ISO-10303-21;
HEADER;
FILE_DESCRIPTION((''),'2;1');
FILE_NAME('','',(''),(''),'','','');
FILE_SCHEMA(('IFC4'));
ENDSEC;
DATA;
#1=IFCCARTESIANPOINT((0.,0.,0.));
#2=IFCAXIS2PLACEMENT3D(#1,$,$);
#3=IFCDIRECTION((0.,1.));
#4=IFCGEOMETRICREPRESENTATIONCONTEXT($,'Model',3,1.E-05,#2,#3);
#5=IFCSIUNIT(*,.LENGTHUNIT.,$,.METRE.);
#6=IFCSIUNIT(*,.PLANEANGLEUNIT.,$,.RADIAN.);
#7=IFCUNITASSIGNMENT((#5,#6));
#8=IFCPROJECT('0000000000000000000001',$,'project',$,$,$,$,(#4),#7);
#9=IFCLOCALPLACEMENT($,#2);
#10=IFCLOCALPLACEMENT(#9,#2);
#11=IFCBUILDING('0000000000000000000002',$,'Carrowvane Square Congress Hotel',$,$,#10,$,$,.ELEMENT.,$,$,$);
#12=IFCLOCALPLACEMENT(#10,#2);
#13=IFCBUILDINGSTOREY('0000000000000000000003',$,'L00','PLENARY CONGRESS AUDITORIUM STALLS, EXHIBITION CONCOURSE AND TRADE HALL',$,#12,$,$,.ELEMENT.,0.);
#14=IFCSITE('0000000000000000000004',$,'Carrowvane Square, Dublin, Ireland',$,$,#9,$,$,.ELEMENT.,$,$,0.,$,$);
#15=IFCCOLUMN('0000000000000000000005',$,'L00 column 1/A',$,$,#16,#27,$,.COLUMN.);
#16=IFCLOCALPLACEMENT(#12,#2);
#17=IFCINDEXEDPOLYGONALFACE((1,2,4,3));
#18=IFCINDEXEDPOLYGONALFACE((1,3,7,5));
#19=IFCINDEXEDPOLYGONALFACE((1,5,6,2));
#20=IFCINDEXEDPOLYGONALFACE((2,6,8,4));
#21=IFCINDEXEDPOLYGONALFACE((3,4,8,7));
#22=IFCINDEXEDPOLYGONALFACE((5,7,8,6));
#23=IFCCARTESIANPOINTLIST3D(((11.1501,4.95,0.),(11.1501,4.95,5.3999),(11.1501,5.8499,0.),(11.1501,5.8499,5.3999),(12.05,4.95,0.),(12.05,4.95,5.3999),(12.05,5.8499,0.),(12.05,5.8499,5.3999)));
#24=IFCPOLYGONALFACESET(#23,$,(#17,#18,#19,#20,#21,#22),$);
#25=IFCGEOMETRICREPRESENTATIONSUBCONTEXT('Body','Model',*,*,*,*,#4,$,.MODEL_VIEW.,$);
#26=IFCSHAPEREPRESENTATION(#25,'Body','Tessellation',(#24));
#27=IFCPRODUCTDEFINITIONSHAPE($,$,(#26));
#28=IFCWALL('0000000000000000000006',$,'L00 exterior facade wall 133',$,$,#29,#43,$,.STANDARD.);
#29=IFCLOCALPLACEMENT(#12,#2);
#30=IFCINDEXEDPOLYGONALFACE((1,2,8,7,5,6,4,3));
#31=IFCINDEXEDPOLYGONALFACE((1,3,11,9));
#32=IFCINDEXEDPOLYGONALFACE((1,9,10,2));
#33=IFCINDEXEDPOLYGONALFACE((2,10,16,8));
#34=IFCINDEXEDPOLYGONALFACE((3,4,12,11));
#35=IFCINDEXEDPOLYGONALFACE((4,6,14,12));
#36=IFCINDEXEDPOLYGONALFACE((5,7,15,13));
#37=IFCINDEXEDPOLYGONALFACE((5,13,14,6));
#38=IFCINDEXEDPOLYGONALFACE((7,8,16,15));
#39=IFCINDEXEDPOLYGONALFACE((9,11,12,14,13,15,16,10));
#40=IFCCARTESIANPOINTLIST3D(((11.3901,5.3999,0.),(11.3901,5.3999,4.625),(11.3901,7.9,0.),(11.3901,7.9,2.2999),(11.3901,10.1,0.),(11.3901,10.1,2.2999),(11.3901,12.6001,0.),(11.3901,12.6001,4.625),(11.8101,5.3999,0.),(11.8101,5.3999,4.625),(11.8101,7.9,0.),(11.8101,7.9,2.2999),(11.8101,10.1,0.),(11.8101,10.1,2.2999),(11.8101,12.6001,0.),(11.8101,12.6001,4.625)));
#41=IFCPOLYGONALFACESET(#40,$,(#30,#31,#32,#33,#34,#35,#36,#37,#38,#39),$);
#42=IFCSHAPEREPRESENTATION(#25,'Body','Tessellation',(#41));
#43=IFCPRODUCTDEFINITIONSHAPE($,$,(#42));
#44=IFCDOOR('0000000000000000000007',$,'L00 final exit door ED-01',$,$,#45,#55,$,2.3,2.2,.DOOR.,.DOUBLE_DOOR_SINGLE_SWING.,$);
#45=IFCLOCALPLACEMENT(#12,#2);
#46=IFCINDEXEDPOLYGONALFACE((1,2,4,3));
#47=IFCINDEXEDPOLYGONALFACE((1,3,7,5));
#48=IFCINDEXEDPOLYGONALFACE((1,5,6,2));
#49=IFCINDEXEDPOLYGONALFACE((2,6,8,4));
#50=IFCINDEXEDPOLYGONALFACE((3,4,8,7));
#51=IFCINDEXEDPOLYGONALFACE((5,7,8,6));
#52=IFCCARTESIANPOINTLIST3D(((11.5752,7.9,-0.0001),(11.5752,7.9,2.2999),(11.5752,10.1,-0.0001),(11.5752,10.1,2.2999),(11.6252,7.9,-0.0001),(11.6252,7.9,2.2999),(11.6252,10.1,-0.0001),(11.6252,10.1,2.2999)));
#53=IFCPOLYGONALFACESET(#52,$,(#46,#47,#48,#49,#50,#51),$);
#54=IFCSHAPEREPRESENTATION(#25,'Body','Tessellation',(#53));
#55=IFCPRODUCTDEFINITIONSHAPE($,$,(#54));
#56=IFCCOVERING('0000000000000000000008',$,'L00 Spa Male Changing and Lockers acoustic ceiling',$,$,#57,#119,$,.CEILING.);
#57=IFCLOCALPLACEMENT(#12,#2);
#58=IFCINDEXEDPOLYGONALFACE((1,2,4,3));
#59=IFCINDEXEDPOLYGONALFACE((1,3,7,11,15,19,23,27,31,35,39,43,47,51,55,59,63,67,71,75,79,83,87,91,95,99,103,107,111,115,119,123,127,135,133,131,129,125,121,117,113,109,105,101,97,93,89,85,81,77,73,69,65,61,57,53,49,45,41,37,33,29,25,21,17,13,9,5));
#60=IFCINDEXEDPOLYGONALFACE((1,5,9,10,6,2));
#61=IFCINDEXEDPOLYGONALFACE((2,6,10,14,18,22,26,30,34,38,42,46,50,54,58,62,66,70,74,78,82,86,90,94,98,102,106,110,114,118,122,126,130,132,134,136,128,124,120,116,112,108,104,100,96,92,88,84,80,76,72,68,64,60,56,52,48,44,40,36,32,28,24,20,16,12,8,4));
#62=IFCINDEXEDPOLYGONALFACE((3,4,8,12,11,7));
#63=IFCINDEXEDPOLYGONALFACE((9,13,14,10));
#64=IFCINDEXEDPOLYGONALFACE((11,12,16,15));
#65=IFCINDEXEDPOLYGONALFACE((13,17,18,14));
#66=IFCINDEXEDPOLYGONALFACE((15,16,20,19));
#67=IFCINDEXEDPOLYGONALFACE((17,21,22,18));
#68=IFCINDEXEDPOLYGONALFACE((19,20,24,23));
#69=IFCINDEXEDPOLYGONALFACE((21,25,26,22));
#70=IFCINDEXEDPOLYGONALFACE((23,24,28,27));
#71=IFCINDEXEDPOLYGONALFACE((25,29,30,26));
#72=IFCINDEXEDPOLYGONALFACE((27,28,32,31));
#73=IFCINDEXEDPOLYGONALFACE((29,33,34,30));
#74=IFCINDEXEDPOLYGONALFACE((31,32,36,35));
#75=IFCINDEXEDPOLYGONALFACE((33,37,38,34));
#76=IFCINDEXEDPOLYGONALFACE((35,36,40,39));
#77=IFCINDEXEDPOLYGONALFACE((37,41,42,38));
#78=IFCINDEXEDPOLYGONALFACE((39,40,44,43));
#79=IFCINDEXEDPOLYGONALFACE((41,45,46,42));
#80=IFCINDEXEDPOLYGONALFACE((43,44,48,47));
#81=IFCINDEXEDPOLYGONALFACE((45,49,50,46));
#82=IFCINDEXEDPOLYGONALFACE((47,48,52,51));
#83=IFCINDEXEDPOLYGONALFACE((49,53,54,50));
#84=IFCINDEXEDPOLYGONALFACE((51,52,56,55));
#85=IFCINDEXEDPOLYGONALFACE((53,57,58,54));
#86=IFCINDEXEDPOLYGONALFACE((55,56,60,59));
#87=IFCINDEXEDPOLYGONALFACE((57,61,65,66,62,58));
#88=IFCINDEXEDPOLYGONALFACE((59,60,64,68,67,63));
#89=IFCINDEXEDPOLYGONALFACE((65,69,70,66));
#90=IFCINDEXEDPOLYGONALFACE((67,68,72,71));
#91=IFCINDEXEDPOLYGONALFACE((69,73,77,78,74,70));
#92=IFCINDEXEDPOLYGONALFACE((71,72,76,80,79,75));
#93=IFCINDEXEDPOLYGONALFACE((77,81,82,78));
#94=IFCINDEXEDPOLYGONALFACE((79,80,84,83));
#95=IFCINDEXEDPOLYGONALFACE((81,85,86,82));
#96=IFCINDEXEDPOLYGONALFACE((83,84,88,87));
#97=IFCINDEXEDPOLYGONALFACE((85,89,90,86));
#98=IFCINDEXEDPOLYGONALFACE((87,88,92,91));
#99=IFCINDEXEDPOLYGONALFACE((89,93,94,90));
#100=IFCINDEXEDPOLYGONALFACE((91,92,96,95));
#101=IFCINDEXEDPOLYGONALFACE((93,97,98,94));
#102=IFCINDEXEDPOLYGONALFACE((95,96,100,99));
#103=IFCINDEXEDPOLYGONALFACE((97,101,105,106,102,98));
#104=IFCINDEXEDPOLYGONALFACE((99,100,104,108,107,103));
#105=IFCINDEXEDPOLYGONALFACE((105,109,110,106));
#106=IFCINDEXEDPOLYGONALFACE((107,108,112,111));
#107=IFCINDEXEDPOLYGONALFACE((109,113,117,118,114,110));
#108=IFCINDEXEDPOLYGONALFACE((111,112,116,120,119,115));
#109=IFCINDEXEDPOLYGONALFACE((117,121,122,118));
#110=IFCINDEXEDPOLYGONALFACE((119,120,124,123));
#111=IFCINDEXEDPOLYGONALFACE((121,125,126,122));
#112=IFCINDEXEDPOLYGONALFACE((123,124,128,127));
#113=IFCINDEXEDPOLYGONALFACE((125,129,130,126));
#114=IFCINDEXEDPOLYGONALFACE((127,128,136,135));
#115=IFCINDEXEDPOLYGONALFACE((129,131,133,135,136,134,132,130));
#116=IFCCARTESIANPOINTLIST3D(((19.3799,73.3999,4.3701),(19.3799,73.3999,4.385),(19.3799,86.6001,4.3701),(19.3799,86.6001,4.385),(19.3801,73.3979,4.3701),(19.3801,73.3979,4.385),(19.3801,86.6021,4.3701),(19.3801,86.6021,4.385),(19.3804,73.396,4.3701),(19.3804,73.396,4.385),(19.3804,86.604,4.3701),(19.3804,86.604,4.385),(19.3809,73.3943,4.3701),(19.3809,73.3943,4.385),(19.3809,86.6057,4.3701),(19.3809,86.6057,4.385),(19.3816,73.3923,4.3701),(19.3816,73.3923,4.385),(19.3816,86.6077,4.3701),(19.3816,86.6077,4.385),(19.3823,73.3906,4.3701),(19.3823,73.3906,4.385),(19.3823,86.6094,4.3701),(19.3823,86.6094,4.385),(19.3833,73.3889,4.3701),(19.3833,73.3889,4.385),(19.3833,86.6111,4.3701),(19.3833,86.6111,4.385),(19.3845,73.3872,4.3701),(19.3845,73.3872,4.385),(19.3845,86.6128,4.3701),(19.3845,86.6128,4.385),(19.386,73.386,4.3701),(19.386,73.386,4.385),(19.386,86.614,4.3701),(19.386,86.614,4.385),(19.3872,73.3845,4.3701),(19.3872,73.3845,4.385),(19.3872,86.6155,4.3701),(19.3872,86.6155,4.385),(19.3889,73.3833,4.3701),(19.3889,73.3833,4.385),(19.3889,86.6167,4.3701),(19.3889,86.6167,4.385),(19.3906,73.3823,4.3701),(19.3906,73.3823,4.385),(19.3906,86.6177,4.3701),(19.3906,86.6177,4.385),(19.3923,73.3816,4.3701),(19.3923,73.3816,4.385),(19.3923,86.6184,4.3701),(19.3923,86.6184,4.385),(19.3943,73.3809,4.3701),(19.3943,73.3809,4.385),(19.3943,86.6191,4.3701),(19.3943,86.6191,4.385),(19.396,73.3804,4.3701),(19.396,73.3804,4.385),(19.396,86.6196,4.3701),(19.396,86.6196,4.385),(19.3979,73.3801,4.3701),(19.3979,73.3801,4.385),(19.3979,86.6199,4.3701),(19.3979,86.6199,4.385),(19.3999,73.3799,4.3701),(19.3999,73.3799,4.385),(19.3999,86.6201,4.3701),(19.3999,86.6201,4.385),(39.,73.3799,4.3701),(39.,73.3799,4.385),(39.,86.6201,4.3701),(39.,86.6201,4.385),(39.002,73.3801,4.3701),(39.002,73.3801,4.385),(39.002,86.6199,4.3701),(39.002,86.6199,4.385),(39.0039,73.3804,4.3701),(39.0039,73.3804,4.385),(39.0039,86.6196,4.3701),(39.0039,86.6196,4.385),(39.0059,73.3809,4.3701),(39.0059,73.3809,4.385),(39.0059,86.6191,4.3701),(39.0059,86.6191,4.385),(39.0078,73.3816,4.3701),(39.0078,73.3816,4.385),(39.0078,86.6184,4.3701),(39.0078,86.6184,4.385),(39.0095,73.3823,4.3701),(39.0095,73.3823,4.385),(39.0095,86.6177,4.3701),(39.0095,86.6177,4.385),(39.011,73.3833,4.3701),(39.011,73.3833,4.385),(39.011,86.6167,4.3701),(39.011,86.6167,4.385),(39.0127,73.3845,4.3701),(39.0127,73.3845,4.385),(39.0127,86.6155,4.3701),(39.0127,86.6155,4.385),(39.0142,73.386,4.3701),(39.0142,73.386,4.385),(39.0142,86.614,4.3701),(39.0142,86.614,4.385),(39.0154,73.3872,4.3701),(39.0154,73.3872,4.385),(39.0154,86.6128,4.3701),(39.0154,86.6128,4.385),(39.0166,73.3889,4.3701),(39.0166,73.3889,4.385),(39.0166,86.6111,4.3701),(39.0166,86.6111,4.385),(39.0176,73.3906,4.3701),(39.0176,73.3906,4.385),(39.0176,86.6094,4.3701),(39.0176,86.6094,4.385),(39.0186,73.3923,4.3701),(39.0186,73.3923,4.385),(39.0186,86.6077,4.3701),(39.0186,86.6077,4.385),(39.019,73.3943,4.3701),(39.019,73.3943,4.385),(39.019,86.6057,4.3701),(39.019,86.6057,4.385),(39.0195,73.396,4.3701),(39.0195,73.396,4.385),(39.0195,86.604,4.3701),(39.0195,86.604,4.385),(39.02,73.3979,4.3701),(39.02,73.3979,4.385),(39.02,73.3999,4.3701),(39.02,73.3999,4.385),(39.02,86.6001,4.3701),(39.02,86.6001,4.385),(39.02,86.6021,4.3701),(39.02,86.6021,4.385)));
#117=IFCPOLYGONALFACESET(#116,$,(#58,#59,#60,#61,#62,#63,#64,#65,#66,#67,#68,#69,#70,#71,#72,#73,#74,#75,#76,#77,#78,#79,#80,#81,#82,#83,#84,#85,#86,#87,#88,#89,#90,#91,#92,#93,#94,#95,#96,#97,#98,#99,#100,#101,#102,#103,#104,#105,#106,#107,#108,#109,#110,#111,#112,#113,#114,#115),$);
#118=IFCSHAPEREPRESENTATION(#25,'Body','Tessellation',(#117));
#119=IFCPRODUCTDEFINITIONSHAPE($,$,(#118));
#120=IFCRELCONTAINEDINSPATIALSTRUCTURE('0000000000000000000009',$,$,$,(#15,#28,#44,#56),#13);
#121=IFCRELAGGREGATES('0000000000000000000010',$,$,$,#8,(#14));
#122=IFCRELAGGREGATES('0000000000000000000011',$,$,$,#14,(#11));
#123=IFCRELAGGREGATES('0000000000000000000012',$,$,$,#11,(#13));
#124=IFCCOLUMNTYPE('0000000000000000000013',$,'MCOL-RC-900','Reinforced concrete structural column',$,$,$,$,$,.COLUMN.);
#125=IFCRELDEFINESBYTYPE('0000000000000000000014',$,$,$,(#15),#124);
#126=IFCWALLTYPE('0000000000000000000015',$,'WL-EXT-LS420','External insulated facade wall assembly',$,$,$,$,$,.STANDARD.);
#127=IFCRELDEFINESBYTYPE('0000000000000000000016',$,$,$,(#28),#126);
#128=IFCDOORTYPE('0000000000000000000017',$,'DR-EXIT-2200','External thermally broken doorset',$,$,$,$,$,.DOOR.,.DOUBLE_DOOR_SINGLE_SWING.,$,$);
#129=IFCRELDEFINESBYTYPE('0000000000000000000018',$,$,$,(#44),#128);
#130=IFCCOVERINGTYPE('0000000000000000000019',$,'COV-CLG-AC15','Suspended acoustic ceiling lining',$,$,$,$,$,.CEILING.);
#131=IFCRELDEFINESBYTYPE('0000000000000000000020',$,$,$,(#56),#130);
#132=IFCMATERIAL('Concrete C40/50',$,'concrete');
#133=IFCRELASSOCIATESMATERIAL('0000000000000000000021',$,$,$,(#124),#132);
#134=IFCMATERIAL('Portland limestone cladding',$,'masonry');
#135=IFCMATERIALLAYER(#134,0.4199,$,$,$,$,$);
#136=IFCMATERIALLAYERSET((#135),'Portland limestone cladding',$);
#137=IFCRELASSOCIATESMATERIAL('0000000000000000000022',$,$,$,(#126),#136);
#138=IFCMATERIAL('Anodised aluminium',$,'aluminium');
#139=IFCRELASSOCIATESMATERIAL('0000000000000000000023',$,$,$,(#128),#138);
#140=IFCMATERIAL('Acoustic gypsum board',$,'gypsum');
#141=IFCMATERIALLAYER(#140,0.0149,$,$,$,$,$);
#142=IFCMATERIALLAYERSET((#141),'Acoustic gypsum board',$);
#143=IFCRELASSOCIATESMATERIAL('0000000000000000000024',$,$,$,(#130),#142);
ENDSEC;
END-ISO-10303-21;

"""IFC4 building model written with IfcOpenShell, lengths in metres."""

from ifc_helpers import new_model, si_unit, direction, frame, frame_2d, origin, origin_2d, place, context, subcontext, project, spatial, polyline, rectangle, outline, extrude, material, layer, layer_set, material_profile, profile_set, type_object, element, fill, save


model = new_model("IFC4")

# Units and contexts
model_context = context("Model", 3, precision=1e-05, world=origin(), true_north=direction((0.0, 1.0)))
body_context = subcontext(model_context, "Body", "Model", "MODEL_VIEW")
ifc_project = project(units=[si_unit("LENGTHUNIT", "METRE"), si_unit("PLANEANGLEUNIT", "RADIAN")], contexts=[model_context])

# Site, building, storey
site_placement = place(None, origin())
site = spatial("IfcSite", under=ifc_project, at=site_placement, Name="Carrowvane Square, Dublin, Ireland", CompositionType="ELEMENT", RefElevation=0.0)
building_placement = place(site_placement, origin())
building = spatial("IfcBuilding", under=site, at=building_placement, Name="Carrowvane Square Congress Hotel", CompositionType="ELEMENT")
storey_placement = place(building_placement, origin())
storey = spatial("IfcBuildingStorey", under=building, at=storey_placement, Name="L00", Description="PLENARY CONGRESS AUDITORIUM STALLS, EXHIBITION CONCOURSE AND TRADE HALL", CompositionType="ELEMENT", Elevation=0.0)

# Column
ifc_material_1 = material(Name="Concrete C40/50", Category="concrete")
ifc_material_profile = material_profile(ifc_material_1, rectangle(XDim=0.8999, YDim=0.8999, at=origin_2d()), Name="RC 900x900")
ifc_profile_set = profile_set([ifc_material_profile], Name="Concrete C40/50")
column_type = type_object("IfcColumnType", Name="MCOL-RC-900", Description="Reinforced concrete structural column", PredefinedType="COLUMN", material=ifc_profile_set)
column_placement = place(storey_placement, frame((11.6001, 5.3999, 0.0), z_axis=(0.0, 0.0, 1.0), x_axis=(1.0, 0.0, 0.0)))
element("IfcColumn", 1, at=column_placement, inside=storey, type_object=column_type, Name="L00 column 1/A", PredefinedType="COLUMN", context=body_context, shape_type="SweptSolid", body=[
    extrude(rectangle(XDim=0.8999, YDim=0.8999, at=origin_2d()), origin(), (0.0, 0.0, 1.0), 5.3999),
])

# Wall, opening, door
ifc_material_2 = material(Name="Portland limestone cladding", Category="masonry")
ifc_layer_1 = layer(ifc_material_2, 0.4199)
ifc_layer_set_1 = layer_set([ifc_layer_1], Name="Portland limestone cladding")
wall_type = type_object("IfcWallType", Name="WL-EXT-LS420", Description="External insulated facade wall assembly", PredefinedType="STANDARD", material=ifc_layer_set_1)
wall_placement = place(storey_placement, frame((11.6001, 5.3999, 0.0), z_axis=(0.0, 0.0, 1.0), x_axis=(0.0, 1.0, 0.0)))
wall = element("IfcWall", 2, at=wall_placement, inside=storey, type_object=wall_type, Name="L00 exterior facade wall 133", PredefinedType="STANDARD", context=body_context, shape_type="SweptSolid", body=[
    extrude(rectangle(XDim=7.2002, YDim=0.4199, at=frame_2d((3.6001, 0.0))), origin(), (0.0, 0.0, 1.0), 4.625),
])
opening_placement = place(wall_placement, frame((2.5, 0.0, 0.0)))
opening = element("IfcOpeningElement", 3, at=opening_placement, cuts=wall, PredefinedType="OPENING", context=body_context, shape_type="SweptSolid", body=[
    extrude(rectangle(XDim=2.2, YDim=2.3, at=frame_2d((1.1001, 1.1499))), frame((0.0, 0.22, 0.0), z_axis=(0.0, -1.0, 0.0), x_axis=(1.0, 0.0, 0.0)), (0.0, 0.0, 1.0), 0.4399),
])
ifc_material_3 = material(Name="Anodised aluminium", Category="aluminium")
door_type = type_object("IfcDoorType", Name="DR-EXIT-2200", Description="External thermally broken doorset", OperationType="DOUBLE_DOOR_SINGLE_SWING", PredefinedType="DOOR", material=ifc_material_3)
door_placement = place(opening_placement, origin())
door = element("IfcDoor", 4, at=door_placement, inside=storey, type_object=door_type, Name="L00 final exit door ED-01", OperationType="DOUBLE_DOOR_SINGLE_SWING", OverallHeight=2.3, OverallWidth=2.2, PredefinedType="DOOR", context=body_context, shape_type="SweptSolid", body=[
    extrude(rectangle(XDim=2.2, YDim=2.3, at=frame_2d((1.1001, 1.1499))), frame((0.0, 0.0249, 0.0), z_axis=(0.0, -1.0, 0.0), x_axis=(1.0, 0.0, 0.0)), (0.0, 0.0, 1.0), 0.05),
])
fill(opening, door)

# Covering
ifc_material_4 = material(Name="Acoustic gypsum board", Category="gypsum")
ifc_layer_2 = layer(ifc_material_4, 0.0149)
ifc_layer_set_2 = layer_set([ifc_layer_2], Name="Acoustic gypsum board")
covering_type_1 = type_object("IfcCoveringType", Name="COV-CLG-AC15", Description="Suspended acoustic ceiling lining", PredefinedType="CEILING", material=ifc_layer_set_2)
covering_1_placement = place(storey_placement, frame((0.0, 0.0, 4.3701)))
element("IfcCovering", 5, at=covering_1_placement, inside=storey, type_object=covering_type_1, Name="L00 Spa Male Changing and Lockers acoustic ceiling", PredefinedType="CEILING", context=body_context, shape_type="SweptSolid", body=[
    extrude(outline(polyline([(19.3943, 86.6191), (19.396, 86.6196), (19.3979, 86.6199), (19.3999, 86.6201), (39.0, 86.6201), (39.002, 86.6199), (39.0039, 86.6196), (39.0059, 86.6191), (39.0078, 86.6184), (39.0095, 86.6177), (39.011, 86.6167), (39.0127, 86.6155), (39.0142, 86.614), (39.0154, 86.6128), (39.0166, 86.6111), (39.0176, 86.6094), (39.0186, 86.6077), (39.019, 86.6057), (39.0195, 86.604), (39.02, 86.6021), (39.02, 86.6001), (39.02, 73.3999), (39.02, 73.3979), (39.0195, 73.396), (39.019, 73.3943), (39.0186, 73.3923), (39.0176, 73.3906), (39.0166, 73.3889), (39.0154, 73.3872), (39.0142, 73.386), (39.0127, 73.3845), (39.011, 73.3833), (39.0095, 73.3823), (39.0078, 73.3816), (39.0059, 73.3809), (39.0039, 73.3804), (39.002, 73.3801), (39.0, 73.3799), (19.3999, 73.3799), (19.3979, 73.3801), (19.396, 73.3804), (19.3943, 73.3809), (19.3923, 73.3816), (19.3906, 73.3823), (19.3889, 73.3833), (19.3872, 73.3845), (19.386, 73.386), (19.3845, 73.3872), (19.3833, 73.3889), (19.3823, 73.3906), (19.3816, 73.3923), (19.3809, 73.3943), (19.3804, 73.396), (19.3801, 73.3979), (19.3799, 73.3999), (19.3799, 86.6001), (19.3801, 86.6021), (19.3804, 86.604), (19.3809, 86.6057), (19.3816, 86.6077), (19.3823, 86.6094), (19.3833, 86.6111), (19.3845, 86.6128), (19.386, 86.614), (19.3872, 86.6155), (19.3889, 86.6167), (19.3906, 86.6177), (19.3923, 86.6184), (19.3943, 86.6191)])), origin(), (0.0, 0.0, 1.0), 0.0149),
])

save(model, "model.ifc")
